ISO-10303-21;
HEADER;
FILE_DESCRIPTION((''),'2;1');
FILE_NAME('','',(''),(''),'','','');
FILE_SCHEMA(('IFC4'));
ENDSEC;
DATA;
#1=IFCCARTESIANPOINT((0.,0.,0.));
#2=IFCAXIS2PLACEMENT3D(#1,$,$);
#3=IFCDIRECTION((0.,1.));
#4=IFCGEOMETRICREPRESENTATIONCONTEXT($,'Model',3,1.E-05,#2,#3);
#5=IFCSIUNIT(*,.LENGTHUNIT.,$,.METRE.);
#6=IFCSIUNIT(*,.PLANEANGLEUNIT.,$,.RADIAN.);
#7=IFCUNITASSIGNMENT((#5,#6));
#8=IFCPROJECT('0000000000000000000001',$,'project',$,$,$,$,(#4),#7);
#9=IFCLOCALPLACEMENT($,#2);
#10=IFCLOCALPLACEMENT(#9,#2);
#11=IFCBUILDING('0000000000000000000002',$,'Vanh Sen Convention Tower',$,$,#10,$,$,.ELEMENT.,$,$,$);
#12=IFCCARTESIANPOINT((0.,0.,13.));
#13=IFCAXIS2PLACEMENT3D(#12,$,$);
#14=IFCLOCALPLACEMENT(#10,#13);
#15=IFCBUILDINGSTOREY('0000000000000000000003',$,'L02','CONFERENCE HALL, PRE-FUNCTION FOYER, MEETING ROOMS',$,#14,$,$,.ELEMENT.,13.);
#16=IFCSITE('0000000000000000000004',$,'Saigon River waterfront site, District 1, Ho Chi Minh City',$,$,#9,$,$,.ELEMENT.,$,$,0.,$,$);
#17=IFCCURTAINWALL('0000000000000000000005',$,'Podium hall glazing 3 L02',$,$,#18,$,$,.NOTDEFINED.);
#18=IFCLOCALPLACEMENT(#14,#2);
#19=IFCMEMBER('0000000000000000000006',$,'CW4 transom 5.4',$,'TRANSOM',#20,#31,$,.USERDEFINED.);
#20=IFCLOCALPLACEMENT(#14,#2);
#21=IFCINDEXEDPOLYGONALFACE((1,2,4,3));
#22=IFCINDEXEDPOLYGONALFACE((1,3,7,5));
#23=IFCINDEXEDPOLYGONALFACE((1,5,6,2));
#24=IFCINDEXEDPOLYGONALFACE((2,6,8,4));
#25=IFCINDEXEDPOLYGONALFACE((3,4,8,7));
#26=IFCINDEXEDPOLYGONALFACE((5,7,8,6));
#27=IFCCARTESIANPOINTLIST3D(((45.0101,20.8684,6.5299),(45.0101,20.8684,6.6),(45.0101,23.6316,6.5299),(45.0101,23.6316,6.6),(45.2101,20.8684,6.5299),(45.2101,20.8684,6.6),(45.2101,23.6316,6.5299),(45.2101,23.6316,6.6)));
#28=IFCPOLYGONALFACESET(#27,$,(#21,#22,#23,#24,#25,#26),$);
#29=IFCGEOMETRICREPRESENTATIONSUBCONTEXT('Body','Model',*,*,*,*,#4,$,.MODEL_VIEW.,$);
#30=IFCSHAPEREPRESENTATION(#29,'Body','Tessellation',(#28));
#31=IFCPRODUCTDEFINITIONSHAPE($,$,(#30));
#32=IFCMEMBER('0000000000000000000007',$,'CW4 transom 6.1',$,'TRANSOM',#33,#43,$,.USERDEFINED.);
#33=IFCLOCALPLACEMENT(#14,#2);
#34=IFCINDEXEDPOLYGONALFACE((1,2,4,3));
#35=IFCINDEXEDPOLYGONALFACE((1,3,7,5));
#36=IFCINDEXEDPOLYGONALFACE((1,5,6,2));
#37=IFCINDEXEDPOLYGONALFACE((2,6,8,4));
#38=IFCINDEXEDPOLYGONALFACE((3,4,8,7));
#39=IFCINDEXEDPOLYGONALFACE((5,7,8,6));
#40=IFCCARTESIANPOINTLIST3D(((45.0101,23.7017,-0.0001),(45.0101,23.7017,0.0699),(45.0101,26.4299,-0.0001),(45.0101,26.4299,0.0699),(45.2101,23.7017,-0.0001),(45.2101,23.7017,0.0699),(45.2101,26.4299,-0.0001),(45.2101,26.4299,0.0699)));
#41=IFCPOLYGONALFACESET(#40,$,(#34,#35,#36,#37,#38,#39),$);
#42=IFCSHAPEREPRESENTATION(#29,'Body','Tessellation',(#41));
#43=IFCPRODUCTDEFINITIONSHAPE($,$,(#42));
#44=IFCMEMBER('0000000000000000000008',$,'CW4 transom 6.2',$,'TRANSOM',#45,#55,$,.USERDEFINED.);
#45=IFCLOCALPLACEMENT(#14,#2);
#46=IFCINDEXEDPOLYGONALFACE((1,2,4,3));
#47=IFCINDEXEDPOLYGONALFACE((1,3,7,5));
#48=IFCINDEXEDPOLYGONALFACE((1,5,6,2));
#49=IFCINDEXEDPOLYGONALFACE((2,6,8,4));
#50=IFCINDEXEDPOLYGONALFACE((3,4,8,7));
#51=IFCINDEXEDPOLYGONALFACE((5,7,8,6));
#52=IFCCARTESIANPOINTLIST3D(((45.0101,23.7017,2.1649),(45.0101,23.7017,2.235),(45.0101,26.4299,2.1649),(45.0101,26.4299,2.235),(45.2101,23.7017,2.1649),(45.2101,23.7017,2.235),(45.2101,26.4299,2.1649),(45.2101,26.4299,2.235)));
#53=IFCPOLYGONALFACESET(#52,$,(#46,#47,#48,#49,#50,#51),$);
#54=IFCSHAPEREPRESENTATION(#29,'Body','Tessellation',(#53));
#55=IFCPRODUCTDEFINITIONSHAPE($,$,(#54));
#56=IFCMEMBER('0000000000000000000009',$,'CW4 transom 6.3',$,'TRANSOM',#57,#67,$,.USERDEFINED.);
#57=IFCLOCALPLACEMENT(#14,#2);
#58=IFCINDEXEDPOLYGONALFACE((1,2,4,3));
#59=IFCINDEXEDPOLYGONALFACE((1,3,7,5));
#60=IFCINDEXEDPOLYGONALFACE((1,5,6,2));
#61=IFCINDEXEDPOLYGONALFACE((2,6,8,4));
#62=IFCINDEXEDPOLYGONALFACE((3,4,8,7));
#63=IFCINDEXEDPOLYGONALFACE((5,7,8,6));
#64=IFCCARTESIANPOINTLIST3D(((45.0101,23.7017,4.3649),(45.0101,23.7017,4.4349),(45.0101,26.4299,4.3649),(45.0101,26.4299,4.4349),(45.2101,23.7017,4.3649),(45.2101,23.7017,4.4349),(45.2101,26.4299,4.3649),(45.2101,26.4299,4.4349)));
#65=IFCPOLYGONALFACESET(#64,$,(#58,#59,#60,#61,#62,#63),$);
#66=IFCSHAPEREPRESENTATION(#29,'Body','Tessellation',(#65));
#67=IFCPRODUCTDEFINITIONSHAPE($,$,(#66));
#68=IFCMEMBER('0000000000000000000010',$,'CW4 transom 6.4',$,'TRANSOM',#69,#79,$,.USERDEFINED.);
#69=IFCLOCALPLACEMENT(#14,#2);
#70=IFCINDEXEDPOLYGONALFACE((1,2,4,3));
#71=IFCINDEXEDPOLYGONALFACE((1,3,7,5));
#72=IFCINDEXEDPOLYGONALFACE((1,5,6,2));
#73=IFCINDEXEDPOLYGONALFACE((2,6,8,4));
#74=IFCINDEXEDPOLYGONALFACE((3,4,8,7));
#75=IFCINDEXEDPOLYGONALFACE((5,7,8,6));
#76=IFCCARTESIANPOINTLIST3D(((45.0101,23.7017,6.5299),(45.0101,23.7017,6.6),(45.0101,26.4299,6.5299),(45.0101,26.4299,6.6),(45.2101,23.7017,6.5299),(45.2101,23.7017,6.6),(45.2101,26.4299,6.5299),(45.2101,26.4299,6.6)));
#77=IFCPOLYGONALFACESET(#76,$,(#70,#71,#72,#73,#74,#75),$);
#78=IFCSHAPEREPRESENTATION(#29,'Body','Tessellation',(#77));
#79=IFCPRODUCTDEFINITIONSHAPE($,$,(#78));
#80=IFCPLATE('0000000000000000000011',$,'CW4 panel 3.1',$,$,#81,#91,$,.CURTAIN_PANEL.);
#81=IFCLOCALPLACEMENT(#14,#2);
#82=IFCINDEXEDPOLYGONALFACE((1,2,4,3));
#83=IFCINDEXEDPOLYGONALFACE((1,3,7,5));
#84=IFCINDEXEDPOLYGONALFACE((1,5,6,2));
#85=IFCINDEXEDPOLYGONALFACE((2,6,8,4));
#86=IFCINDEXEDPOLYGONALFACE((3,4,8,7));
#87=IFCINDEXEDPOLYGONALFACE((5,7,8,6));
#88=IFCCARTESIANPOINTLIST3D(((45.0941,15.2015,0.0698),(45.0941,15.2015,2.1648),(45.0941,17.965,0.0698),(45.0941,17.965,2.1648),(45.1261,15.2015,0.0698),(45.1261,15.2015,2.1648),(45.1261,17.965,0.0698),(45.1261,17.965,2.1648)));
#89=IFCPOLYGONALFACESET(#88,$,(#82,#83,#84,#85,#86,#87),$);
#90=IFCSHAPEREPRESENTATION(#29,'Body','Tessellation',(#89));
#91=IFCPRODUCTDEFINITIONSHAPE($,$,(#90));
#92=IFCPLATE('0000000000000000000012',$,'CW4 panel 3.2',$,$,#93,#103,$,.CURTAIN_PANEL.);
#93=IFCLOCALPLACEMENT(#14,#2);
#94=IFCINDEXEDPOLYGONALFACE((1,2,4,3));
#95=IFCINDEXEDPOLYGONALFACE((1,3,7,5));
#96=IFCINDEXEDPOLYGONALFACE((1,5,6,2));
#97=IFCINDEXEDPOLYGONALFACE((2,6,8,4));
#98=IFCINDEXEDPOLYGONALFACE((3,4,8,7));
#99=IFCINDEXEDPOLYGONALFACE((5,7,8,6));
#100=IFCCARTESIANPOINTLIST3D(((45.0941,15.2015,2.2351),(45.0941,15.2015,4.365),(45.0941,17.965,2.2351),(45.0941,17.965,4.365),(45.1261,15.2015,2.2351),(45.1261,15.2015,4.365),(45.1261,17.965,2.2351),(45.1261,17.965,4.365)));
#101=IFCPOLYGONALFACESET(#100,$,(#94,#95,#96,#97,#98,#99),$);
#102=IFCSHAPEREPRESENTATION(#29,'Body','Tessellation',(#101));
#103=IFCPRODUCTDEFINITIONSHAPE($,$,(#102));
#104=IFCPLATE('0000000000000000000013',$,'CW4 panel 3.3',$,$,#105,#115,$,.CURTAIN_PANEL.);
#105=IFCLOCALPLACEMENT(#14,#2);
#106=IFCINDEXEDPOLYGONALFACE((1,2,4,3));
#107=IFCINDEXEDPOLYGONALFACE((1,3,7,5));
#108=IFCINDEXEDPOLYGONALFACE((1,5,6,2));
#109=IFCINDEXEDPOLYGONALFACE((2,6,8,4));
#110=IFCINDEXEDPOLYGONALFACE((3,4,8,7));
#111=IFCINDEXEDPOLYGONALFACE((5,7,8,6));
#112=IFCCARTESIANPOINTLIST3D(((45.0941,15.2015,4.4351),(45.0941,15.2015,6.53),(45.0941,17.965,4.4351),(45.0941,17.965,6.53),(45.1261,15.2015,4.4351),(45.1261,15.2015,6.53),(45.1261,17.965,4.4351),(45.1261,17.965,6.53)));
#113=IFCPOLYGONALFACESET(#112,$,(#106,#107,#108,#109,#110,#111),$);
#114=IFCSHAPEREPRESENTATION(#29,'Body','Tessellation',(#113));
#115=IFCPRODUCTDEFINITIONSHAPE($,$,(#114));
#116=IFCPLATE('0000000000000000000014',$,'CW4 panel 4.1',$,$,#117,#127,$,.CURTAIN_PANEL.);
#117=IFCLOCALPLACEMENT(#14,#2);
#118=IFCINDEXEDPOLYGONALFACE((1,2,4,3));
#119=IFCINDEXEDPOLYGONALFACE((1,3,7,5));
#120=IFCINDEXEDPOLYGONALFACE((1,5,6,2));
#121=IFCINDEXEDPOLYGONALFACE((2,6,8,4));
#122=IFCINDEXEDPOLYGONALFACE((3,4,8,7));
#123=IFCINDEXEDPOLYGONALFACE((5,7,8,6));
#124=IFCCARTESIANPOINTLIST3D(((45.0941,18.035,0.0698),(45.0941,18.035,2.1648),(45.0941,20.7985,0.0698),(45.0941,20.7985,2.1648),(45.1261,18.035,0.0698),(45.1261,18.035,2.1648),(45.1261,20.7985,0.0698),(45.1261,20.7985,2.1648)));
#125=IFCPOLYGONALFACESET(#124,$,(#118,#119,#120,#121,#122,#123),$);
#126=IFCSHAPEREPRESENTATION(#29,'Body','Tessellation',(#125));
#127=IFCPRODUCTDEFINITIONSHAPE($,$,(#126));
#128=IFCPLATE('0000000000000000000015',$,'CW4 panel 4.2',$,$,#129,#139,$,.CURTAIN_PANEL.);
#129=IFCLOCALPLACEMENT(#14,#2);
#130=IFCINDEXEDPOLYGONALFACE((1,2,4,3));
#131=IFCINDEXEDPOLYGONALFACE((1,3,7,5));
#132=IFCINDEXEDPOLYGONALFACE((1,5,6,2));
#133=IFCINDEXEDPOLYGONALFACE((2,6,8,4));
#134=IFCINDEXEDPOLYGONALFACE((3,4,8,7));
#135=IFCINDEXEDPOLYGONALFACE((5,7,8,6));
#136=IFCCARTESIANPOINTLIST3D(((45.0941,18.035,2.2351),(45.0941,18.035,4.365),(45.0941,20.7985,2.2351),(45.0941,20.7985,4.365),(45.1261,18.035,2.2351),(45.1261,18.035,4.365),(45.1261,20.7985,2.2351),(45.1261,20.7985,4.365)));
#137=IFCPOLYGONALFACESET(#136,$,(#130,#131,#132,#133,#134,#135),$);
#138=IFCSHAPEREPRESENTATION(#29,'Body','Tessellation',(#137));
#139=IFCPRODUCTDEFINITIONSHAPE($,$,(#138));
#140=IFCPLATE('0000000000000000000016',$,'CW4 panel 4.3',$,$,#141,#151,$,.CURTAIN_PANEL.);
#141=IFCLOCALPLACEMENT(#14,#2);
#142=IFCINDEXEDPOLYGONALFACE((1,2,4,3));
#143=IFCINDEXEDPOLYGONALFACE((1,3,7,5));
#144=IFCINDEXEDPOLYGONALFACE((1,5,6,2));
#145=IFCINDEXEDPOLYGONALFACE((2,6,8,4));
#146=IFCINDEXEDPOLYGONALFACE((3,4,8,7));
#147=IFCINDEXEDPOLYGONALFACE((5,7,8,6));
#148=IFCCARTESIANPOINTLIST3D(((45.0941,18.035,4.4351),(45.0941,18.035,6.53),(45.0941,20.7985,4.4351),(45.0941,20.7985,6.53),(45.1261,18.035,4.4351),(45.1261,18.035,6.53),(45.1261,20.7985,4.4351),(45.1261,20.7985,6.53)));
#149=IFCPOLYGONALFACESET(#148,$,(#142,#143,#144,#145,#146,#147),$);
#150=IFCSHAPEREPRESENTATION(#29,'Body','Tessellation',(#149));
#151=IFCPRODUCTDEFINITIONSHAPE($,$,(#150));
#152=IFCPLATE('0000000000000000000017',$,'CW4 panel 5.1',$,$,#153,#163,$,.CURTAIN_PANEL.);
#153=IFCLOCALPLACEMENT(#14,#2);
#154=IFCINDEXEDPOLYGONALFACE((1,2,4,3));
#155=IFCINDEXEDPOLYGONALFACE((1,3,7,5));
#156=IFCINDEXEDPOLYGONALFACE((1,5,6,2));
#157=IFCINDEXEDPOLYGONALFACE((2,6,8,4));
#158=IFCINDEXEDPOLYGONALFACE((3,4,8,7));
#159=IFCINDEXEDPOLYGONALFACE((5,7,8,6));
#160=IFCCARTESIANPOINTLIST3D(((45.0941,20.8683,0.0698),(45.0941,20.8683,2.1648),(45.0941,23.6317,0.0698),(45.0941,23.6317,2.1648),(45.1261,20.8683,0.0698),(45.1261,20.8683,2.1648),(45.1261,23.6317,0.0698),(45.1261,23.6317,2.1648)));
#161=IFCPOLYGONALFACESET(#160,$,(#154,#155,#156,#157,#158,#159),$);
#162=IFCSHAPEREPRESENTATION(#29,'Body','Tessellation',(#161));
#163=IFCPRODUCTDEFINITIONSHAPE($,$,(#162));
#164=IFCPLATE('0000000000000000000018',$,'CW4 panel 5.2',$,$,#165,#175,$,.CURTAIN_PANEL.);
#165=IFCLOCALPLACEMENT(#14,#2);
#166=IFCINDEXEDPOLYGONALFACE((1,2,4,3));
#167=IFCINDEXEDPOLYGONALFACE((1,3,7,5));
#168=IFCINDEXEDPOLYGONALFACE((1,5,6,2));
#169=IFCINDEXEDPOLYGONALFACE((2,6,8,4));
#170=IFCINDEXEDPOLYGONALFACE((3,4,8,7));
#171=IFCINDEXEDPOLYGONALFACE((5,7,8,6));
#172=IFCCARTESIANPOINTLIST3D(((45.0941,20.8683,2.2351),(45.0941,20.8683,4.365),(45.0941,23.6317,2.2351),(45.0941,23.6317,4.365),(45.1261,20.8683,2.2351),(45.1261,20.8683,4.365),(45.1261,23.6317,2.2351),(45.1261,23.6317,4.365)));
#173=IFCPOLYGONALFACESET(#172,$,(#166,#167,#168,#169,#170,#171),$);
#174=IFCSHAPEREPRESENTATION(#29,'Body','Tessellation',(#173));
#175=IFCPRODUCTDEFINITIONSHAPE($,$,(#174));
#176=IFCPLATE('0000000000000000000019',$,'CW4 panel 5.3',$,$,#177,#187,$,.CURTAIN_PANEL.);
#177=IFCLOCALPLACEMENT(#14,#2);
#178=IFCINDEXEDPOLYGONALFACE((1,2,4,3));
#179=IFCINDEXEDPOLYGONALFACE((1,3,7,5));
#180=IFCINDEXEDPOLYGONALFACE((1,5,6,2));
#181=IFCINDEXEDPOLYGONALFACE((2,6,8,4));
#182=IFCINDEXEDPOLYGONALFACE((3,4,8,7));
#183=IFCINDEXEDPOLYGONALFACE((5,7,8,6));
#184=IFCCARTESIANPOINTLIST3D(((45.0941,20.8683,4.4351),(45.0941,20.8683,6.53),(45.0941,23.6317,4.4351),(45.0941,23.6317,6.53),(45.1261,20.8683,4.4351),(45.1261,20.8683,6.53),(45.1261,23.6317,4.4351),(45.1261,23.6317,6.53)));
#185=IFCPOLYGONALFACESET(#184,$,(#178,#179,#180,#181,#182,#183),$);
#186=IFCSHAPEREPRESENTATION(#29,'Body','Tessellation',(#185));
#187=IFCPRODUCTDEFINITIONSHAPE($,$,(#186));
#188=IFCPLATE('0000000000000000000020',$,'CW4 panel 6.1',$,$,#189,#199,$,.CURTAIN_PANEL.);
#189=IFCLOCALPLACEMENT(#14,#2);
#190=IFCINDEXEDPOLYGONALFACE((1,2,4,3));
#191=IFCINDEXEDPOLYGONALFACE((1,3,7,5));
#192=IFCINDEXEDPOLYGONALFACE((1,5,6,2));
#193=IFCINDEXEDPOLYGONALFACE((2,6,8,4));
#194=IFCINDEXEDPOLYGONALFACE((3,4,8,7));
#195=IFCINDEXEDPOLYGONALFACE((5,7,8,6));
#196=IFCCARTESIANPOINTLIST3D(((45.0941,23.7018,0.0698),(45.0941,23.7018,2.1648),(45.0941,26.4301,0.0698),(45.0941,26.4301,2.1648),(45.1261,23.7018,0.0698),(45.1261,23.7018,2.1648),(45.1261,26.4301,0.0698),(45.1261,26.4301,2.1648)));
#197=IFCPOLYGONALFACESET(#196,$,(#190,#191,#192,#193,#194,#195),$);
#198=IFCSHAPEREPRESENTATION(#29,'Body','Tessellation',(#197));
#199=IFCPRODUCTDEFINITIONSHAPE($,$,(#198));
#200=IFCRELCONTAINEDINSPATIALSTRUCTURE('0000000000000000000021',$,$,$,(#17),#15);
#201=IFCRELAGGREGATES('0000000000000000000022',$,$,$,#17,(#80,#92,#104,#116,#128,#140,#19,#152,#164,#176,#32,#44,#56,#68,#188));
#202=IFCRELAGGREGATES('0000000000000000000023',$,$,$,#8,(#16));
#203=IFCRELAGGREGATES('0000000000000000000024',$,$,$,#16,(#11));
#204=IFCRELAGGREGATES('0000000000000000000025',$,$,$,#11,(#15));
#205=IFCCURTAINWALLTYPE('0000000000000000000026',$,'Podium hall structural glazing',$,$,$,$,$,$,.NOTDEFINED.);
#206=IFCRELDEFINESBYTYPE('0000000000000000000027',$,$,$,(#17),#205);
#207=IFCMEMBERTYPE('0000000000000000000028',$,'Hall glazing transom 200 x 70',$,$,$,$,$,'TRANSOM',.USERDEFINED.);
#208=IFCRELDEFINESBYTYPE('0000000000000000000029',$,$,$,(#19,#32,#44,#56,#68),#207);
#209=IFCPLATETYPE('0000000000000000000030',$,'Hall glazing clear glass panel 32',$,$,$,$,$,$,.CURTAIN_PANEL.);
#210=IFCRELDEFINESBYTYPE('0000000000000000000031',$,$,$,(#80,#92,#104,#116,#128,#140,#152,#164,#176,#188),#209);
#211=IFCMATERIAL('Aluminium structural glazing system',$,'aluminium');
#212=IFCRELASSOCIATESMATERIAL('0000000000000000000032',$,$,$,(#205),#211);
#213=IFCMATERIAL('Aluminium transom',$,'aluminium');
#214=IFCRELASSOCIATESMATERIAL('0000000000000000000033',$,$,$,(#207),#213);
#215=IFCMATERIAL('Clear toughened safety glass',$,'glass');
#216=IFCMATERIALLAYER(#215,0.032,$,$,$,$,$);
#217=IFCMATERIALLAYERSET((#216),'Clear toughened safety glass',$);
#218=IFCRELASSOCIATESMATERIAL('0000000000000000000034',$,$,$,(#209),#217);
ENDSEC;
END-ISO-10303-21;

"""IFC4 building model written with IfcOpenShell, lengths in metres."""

from ifc_helpers import new_model, si_unit, direction, frame, origin, origin_2d, place, context, subcontext, project, spatial, rectangle, extrude, material, layer, layer_set, material_profile, profile_set, type_object, element, aggregate, save


model = new_model("IFC4")

# Units and contexts
model_context = context("Model", 3, precision=1e-05, world=origin(), true_north=direction((0.0, 1.0)))
body_context = subcontext(model_context, "Body", "Model", "MODEL_VIEW")
ifc_project = project(units=[si_unit("LENGTHUNIT", "METRE"), si_unit("PLANEANGLEUNIT", "RADIAN")], contexts=[model_context])

# Site, building, storey
site_placement = place(None, origin())
site = spatial("IfcSite", under=ifc_project, at=site_placement, Name="Saigon River waterfront site, District 1, Ho Chi Minh City", CompositionType="ELEMENT", RefElevation=0.0)
building_placement = place(site_placement, origin())
building = spatial("IfcBuilding", under=site, at=building_placement, Name="Vanh Sen Convention Tower", CompositionType="ELEMENT")
storey_placement = place(building_placement, frame((0.0, 0.0, 13.0)))
storey = spatial("IfcBuildingStorey", under=building, at=storey_placement, Name="L02", Description="CONFERENCE HALL, PRE-FUNCTION FOYER, MEETING ROOMS", CompositionType="ELEMENT", Elevation=13.0)

# Curtain wall, members, plates
ifc_material_1 = material(Name="Aluminium structural glazing system", Category="aluminium")
curtain_wall_type = type_object("IfcCurtainWallType", Name="Podium hall structural glazing", PredefinedType="NOTDEFINED", material=ifc_material_1)
curtain_wall_placement = place(storey_placement, origin())
curtain_wall = element("IfcCurtainWall", 1, at=curtain_wall_placement, inside=storey, type_object=curtain_wall_type, Name="Podium hall glazing 3 L02", PredefinedType="NOTDEFINED")
ifc_material_2 = material(Name="Aluminium transom", Category="aluminium")
ifc_material_profile_1 = material_profile(ifc_material_2, rectangle(XDim=0.2, YDim=0.0701, at=origin_2d()), Name="Hall glazing transom 200 x 70")
ifc_profile_set_1 = profile_set([ifc_material_profile_1], Name="Aluminium transom")
member_type_1 = type_object("IfcMemberType", Name="Hall glazing transom 200 x 70", ElementType="TRANSOM", PredefinedType="USERDEFINED", material=ifc_profile_set_1)
member_1_placement = place(storey_placement, frame((45.1101, 20.8684, 6.5649), z_axis=(0.0, 1.0, 0.0), x_axis=(-1.0, 0.0, 0.0)))
member_1 = element("IfcMember", 2, at=member_1_placement, type_object=member_type_1, Name="CW4 transom 5.4", ObjectType="TRANSOM", PredefinedType="USERDEFINED", context=body_context, shape_type="SweptSolid", body=[
    extrude(rectangle(XDim=0.2, YDim=0.0701, at=origin_2d()), origin(), (0.0, 0.0, 1.0), 2.7632),
])
member_2_placement = place(storey_placement, frame((45.1101, 23.7017, 0.0349), z_axis=(0.0, 1.0, 0.0), x_axis=(-1.0, 0.0, 0.0)))
member_2 = element("IfcMember", 3, at=member_2_placement, type_object=member_type_1, Name="CW4 transom 6.1", ObjectType="TRANSOM", PredefinedType="USERDEFINED", context=body_context, shape_type="SweptSolid", body=[
    extrude(rectangle(XDim=0.2, YDim=0.0701, at=origin_2d()), origin(), (0.0, 0.0, 1.0), 2.7283),
])
member_3_placement = place(storey_placement, frame((45.1101, 23.7017, 2.2), z_axis=(0.0, 1.0, 0.0), x_axis=(-1.0, 0.0, 0.0)))
member_3 = element("IfcMember", 4, at=member_3_placement, type_object=member_type_1, Name="CW4 transom 6.2", ObjectType="TRANSOM", PredefinedType="USERDEFINED", context=body_context, shape_type="SweptSolid", body=[
    extrude(rectangle(XDim=0.2, YDim=0.0701, at=origin_2d()), origin(), (0.0, 0.0, 1.0), 2.7283),
])
member_4_placement = place(storey_placement, frame((45.1101, 23.7017, 4.3999), z_axis=(0.0, 1.0, 0.0), x_axis=(-1.0, 0.0, 0.0)))
member_4 = element("IfcMember", 5, at=member_4_placement, type_object=member_type_1, Name="CW4 transom 6.3", ObjectType="TRANSOM", PredefinedType="USERDEFINED", context=body_context, shape_type="SweptSolid", body=[
    extrude(rectangle(XDim=0.2, YDim=0.0701, at=origin_2d()), origin(), (0.0, 0.0, 1.0), 2.7283),
])
member_5_placement = place(storey_placement, frame((45.1101, 23.7017, 6.5649), z_axis=(0.0, 1.0, 0.0), x_axis=(-1.0, 0.0, 0.0)))
member_5 = element("IfcMember", 6, at=member_5_placement, type_object=member_type_1, Name="CW4 transom 6.4", ObjectType="TRANSOM", PredefinedType="USERDEFINED", context=body_context, shape_type="SweptSolid", body=[
    extrude(rectangle(XDim=0.2, YDim=0.0701, at=origin_2d()), origin(), (0.0, 0.0, 1.0), 2.7283),
])
ifc_material_3 = material(Name="Clear toughened safety glass", Category="glass")
ifc_layer = layer(ifc_material_3, 0.032)
ifc_layer_set = layer_set([ifc_layer], Name="Clear toughened safety glass")
plate_type = type_object("IfcPlateType", Name="Hall glazing clear glass panel 32", PredefinedType="CURTAIN_PANEL", material=ifc_layer_set)
plate_1_placement = place(storey_placement, frame((45.1101, 16.5833, 0.0698), z_axis=(0.0, 0.0, 1.0), x_axis=(0.0, 1.0, 0.0)))
plate_1 = element("IfcPlate", 7, at=plate_1_placement, type_object=plate_type, Name="CW4 panel 3.1", PredefinedType="CURTAIN_PANEL", context=body_context, shape_type="SweptSolid", body=[
    extrude(rectangle(XDim=2.7634, YDim=0.032, at=origin_2d()), origin(), (0.0, 0.0, 1.0), 2.095),
])
plate_2_placement = place(storey_placement, frame((45.1101, 16.5833, 2.2351), z_axis=(0.0, 0.0, 1.0), x_axis=(0.0, 1.0, 0.0)))
plate_2 = element("IfcPlate", 8, at=plate_2_placement, type_object=plate_type, Name="CW4 panel 3.2", PredefinedType="CURTAIN_PANEL", context=body_context, shape_type="SweptSolid", body=[
    extrude(rectangle(XDim=2.7634, YDim=0.032, at=origin_2d()), origin(), (0.0, 0.0, 1.0), 2.1299),
])
plate_3_placement = place(storey_placement, frame((45.1101, 16.5833, 4.4351), z_axis=(0.0, 0.0, 1.0), x_axis=(0.0, 1.0, 0.0)))
plate_3 = element("IfcPlate", 9, at=plate_3_placement, type_object=plate_type, Name="CW4 panel 3.3", PredefinedType="CURTAIN_PANEL", context=body_context, shape_type="SweptSolid", body=[
    extrude(rectangle(XDim=2.7634, YDim=0.032, at=origin_2d()), origin(), (0.0, 0.0, 1.0), 2.095),
])
plate_4_placement = place(storey_placement, frame((45.1101, 19.4167, 0.0698), z_axis=(0.0, 0.0, 1.0), x_axis=(0.0, 1.0, 0.0)))
plate_4 = element("IfcPlate", 10, at=plate_4_placement, type_object=plate_type, Name="CW4 panel 4.1", PredefinedType="CURTAIN_PANEL", context=body_context, shape_type="SweptSolid", body=[
    extrude(rectangle(XDim=2.7634, YDim=0.032, at=origin_2d()), origin(), (0.0, 0.0, 1.0), 2.095),
])
plate_5_placement = place(storey_placement, frame((45.1101, 19.4167, 2.2351), z_axis=(0.0, 0.0, 1.0), x_axis=(0.0, 1.0, 0.0)))
plate_5 = element("IfcPlate", 11, at=plate_5_placement, type_object=plate_type, Name="CW4 panel 4.2", PredefinedType="CURTAIN_PANEL", context=body_context, shape_type="SweptSolid", body=[
    extrude(rectangle(XDim=2.7634, YDim=0.032, at=origin_2d()), origin(), (0.0, 0.0, 1.0), 2.1299),
])
plate_6_placement = place(storey_placement, frame((45.1101, 19.4167, 4.4351), z_axis=(0.0, 0.0, 1.0), x_axis=(0.0, 1.0, 0.0)))
plate_6 = element("IfcPlate", 12, at=plate_6_placement, type_object=plate_type, Name="CW4 panel 4.3", PredefinedType="CURTAIN_PANEL", context=body_context, shape_type="SweptSolid", body=[
    extrude(rectangle(XDim=2.7634, YDim=0.032, at=origin_2d()), origin(), (0.0, 0.0, 1.0), 2.095),
])
plate_7_placement = place(storey_placement, frame((45.1101, 22.25, 0.0698), z_axis=(0.0, 0.0, 1.0), x_axis=(0.0, 1.0, 0.0)))
plate_7 = element("IfcPlate", 13, at=plate_7_placement, type_object=plate_type, Name="CW4 panel 5.1", PredefinedType="CURTAIN_PANEL", context=body_context, shape_type="SweptSolid", body=[
    extrude(rectangle(XDim=2.7634, YDim=0.032, at=origin_2d()), origin(), (0.0, 0.0, 1.0), 2.095),
])
plate_8_placement = place(storey_placement, frame((45.1101, 22.25, 2.2351), z_axis=(0.0, 0.0, 1.0), x_axis=(0.0, 1.0, 0.0)))
plate_8 = element("IfcPlate", 14, at=plate_8_placement, type_object=plate_type, Name="CW4 panel 5.2", PredefinedType="CURTAIN_PANEL", context=body_context, shape_type="SweptSolid", body=[
    extrude(rectangle(XDim=2.7634, YDim=0.032, at=origin_2d()), origin(), (0.0, 0.0, 1.0), 2.1299),
])
plate_9_placement = place(storey_placement, frame((45.1101, 22.25, 4.4351), z_axis=(0.0, 0.0, 1.0), x_axis=(0.0, 1.0, 0.0)))
plate_9 = element("IfcPlate", 15, at=plate_9_placement, type_object=plate_type, Name="CW4 panel 5.3", PredefinedType="CURTAIN_PANEL", context=body_context, shape_type="SweptSolid", body=[
    extrude(rectangle(XDim=2.7634, YDim=0.032, at=origin_2d()), origin(), (0.0, 0.0, 1.0), 2.095),
])
plate_10_placement = place(storey_placement, frame((45.1101, 25.0659, 0.0698), z_axis=(0.0, 0.0, 1.0), x_axis=(0.0, 1.0, 0.0)))
plate_10 = element("IfcPlate", 16, at=plate_10_placement, type_object=plate_type, Name="CW4 panel 6.1", PredefinedType="CURTAIN_PANEL", context=body_context, shape_type="SweptSolid", body=[
    extrude(rectangle(XDim=2.7283, YDim=0.032, at=origin_2d()), origin(), (0.0, 0.0, 1.0), 2.095),
])
aggregate(curtain_wall, [plate_1, plate_2, plate_3, plate_4, plate_5, plate_6, member_1, plate_7, plate_8, plate_9, member_2, member_3, member_4, member_5, plate_10])

save(model, "model.ifc")
